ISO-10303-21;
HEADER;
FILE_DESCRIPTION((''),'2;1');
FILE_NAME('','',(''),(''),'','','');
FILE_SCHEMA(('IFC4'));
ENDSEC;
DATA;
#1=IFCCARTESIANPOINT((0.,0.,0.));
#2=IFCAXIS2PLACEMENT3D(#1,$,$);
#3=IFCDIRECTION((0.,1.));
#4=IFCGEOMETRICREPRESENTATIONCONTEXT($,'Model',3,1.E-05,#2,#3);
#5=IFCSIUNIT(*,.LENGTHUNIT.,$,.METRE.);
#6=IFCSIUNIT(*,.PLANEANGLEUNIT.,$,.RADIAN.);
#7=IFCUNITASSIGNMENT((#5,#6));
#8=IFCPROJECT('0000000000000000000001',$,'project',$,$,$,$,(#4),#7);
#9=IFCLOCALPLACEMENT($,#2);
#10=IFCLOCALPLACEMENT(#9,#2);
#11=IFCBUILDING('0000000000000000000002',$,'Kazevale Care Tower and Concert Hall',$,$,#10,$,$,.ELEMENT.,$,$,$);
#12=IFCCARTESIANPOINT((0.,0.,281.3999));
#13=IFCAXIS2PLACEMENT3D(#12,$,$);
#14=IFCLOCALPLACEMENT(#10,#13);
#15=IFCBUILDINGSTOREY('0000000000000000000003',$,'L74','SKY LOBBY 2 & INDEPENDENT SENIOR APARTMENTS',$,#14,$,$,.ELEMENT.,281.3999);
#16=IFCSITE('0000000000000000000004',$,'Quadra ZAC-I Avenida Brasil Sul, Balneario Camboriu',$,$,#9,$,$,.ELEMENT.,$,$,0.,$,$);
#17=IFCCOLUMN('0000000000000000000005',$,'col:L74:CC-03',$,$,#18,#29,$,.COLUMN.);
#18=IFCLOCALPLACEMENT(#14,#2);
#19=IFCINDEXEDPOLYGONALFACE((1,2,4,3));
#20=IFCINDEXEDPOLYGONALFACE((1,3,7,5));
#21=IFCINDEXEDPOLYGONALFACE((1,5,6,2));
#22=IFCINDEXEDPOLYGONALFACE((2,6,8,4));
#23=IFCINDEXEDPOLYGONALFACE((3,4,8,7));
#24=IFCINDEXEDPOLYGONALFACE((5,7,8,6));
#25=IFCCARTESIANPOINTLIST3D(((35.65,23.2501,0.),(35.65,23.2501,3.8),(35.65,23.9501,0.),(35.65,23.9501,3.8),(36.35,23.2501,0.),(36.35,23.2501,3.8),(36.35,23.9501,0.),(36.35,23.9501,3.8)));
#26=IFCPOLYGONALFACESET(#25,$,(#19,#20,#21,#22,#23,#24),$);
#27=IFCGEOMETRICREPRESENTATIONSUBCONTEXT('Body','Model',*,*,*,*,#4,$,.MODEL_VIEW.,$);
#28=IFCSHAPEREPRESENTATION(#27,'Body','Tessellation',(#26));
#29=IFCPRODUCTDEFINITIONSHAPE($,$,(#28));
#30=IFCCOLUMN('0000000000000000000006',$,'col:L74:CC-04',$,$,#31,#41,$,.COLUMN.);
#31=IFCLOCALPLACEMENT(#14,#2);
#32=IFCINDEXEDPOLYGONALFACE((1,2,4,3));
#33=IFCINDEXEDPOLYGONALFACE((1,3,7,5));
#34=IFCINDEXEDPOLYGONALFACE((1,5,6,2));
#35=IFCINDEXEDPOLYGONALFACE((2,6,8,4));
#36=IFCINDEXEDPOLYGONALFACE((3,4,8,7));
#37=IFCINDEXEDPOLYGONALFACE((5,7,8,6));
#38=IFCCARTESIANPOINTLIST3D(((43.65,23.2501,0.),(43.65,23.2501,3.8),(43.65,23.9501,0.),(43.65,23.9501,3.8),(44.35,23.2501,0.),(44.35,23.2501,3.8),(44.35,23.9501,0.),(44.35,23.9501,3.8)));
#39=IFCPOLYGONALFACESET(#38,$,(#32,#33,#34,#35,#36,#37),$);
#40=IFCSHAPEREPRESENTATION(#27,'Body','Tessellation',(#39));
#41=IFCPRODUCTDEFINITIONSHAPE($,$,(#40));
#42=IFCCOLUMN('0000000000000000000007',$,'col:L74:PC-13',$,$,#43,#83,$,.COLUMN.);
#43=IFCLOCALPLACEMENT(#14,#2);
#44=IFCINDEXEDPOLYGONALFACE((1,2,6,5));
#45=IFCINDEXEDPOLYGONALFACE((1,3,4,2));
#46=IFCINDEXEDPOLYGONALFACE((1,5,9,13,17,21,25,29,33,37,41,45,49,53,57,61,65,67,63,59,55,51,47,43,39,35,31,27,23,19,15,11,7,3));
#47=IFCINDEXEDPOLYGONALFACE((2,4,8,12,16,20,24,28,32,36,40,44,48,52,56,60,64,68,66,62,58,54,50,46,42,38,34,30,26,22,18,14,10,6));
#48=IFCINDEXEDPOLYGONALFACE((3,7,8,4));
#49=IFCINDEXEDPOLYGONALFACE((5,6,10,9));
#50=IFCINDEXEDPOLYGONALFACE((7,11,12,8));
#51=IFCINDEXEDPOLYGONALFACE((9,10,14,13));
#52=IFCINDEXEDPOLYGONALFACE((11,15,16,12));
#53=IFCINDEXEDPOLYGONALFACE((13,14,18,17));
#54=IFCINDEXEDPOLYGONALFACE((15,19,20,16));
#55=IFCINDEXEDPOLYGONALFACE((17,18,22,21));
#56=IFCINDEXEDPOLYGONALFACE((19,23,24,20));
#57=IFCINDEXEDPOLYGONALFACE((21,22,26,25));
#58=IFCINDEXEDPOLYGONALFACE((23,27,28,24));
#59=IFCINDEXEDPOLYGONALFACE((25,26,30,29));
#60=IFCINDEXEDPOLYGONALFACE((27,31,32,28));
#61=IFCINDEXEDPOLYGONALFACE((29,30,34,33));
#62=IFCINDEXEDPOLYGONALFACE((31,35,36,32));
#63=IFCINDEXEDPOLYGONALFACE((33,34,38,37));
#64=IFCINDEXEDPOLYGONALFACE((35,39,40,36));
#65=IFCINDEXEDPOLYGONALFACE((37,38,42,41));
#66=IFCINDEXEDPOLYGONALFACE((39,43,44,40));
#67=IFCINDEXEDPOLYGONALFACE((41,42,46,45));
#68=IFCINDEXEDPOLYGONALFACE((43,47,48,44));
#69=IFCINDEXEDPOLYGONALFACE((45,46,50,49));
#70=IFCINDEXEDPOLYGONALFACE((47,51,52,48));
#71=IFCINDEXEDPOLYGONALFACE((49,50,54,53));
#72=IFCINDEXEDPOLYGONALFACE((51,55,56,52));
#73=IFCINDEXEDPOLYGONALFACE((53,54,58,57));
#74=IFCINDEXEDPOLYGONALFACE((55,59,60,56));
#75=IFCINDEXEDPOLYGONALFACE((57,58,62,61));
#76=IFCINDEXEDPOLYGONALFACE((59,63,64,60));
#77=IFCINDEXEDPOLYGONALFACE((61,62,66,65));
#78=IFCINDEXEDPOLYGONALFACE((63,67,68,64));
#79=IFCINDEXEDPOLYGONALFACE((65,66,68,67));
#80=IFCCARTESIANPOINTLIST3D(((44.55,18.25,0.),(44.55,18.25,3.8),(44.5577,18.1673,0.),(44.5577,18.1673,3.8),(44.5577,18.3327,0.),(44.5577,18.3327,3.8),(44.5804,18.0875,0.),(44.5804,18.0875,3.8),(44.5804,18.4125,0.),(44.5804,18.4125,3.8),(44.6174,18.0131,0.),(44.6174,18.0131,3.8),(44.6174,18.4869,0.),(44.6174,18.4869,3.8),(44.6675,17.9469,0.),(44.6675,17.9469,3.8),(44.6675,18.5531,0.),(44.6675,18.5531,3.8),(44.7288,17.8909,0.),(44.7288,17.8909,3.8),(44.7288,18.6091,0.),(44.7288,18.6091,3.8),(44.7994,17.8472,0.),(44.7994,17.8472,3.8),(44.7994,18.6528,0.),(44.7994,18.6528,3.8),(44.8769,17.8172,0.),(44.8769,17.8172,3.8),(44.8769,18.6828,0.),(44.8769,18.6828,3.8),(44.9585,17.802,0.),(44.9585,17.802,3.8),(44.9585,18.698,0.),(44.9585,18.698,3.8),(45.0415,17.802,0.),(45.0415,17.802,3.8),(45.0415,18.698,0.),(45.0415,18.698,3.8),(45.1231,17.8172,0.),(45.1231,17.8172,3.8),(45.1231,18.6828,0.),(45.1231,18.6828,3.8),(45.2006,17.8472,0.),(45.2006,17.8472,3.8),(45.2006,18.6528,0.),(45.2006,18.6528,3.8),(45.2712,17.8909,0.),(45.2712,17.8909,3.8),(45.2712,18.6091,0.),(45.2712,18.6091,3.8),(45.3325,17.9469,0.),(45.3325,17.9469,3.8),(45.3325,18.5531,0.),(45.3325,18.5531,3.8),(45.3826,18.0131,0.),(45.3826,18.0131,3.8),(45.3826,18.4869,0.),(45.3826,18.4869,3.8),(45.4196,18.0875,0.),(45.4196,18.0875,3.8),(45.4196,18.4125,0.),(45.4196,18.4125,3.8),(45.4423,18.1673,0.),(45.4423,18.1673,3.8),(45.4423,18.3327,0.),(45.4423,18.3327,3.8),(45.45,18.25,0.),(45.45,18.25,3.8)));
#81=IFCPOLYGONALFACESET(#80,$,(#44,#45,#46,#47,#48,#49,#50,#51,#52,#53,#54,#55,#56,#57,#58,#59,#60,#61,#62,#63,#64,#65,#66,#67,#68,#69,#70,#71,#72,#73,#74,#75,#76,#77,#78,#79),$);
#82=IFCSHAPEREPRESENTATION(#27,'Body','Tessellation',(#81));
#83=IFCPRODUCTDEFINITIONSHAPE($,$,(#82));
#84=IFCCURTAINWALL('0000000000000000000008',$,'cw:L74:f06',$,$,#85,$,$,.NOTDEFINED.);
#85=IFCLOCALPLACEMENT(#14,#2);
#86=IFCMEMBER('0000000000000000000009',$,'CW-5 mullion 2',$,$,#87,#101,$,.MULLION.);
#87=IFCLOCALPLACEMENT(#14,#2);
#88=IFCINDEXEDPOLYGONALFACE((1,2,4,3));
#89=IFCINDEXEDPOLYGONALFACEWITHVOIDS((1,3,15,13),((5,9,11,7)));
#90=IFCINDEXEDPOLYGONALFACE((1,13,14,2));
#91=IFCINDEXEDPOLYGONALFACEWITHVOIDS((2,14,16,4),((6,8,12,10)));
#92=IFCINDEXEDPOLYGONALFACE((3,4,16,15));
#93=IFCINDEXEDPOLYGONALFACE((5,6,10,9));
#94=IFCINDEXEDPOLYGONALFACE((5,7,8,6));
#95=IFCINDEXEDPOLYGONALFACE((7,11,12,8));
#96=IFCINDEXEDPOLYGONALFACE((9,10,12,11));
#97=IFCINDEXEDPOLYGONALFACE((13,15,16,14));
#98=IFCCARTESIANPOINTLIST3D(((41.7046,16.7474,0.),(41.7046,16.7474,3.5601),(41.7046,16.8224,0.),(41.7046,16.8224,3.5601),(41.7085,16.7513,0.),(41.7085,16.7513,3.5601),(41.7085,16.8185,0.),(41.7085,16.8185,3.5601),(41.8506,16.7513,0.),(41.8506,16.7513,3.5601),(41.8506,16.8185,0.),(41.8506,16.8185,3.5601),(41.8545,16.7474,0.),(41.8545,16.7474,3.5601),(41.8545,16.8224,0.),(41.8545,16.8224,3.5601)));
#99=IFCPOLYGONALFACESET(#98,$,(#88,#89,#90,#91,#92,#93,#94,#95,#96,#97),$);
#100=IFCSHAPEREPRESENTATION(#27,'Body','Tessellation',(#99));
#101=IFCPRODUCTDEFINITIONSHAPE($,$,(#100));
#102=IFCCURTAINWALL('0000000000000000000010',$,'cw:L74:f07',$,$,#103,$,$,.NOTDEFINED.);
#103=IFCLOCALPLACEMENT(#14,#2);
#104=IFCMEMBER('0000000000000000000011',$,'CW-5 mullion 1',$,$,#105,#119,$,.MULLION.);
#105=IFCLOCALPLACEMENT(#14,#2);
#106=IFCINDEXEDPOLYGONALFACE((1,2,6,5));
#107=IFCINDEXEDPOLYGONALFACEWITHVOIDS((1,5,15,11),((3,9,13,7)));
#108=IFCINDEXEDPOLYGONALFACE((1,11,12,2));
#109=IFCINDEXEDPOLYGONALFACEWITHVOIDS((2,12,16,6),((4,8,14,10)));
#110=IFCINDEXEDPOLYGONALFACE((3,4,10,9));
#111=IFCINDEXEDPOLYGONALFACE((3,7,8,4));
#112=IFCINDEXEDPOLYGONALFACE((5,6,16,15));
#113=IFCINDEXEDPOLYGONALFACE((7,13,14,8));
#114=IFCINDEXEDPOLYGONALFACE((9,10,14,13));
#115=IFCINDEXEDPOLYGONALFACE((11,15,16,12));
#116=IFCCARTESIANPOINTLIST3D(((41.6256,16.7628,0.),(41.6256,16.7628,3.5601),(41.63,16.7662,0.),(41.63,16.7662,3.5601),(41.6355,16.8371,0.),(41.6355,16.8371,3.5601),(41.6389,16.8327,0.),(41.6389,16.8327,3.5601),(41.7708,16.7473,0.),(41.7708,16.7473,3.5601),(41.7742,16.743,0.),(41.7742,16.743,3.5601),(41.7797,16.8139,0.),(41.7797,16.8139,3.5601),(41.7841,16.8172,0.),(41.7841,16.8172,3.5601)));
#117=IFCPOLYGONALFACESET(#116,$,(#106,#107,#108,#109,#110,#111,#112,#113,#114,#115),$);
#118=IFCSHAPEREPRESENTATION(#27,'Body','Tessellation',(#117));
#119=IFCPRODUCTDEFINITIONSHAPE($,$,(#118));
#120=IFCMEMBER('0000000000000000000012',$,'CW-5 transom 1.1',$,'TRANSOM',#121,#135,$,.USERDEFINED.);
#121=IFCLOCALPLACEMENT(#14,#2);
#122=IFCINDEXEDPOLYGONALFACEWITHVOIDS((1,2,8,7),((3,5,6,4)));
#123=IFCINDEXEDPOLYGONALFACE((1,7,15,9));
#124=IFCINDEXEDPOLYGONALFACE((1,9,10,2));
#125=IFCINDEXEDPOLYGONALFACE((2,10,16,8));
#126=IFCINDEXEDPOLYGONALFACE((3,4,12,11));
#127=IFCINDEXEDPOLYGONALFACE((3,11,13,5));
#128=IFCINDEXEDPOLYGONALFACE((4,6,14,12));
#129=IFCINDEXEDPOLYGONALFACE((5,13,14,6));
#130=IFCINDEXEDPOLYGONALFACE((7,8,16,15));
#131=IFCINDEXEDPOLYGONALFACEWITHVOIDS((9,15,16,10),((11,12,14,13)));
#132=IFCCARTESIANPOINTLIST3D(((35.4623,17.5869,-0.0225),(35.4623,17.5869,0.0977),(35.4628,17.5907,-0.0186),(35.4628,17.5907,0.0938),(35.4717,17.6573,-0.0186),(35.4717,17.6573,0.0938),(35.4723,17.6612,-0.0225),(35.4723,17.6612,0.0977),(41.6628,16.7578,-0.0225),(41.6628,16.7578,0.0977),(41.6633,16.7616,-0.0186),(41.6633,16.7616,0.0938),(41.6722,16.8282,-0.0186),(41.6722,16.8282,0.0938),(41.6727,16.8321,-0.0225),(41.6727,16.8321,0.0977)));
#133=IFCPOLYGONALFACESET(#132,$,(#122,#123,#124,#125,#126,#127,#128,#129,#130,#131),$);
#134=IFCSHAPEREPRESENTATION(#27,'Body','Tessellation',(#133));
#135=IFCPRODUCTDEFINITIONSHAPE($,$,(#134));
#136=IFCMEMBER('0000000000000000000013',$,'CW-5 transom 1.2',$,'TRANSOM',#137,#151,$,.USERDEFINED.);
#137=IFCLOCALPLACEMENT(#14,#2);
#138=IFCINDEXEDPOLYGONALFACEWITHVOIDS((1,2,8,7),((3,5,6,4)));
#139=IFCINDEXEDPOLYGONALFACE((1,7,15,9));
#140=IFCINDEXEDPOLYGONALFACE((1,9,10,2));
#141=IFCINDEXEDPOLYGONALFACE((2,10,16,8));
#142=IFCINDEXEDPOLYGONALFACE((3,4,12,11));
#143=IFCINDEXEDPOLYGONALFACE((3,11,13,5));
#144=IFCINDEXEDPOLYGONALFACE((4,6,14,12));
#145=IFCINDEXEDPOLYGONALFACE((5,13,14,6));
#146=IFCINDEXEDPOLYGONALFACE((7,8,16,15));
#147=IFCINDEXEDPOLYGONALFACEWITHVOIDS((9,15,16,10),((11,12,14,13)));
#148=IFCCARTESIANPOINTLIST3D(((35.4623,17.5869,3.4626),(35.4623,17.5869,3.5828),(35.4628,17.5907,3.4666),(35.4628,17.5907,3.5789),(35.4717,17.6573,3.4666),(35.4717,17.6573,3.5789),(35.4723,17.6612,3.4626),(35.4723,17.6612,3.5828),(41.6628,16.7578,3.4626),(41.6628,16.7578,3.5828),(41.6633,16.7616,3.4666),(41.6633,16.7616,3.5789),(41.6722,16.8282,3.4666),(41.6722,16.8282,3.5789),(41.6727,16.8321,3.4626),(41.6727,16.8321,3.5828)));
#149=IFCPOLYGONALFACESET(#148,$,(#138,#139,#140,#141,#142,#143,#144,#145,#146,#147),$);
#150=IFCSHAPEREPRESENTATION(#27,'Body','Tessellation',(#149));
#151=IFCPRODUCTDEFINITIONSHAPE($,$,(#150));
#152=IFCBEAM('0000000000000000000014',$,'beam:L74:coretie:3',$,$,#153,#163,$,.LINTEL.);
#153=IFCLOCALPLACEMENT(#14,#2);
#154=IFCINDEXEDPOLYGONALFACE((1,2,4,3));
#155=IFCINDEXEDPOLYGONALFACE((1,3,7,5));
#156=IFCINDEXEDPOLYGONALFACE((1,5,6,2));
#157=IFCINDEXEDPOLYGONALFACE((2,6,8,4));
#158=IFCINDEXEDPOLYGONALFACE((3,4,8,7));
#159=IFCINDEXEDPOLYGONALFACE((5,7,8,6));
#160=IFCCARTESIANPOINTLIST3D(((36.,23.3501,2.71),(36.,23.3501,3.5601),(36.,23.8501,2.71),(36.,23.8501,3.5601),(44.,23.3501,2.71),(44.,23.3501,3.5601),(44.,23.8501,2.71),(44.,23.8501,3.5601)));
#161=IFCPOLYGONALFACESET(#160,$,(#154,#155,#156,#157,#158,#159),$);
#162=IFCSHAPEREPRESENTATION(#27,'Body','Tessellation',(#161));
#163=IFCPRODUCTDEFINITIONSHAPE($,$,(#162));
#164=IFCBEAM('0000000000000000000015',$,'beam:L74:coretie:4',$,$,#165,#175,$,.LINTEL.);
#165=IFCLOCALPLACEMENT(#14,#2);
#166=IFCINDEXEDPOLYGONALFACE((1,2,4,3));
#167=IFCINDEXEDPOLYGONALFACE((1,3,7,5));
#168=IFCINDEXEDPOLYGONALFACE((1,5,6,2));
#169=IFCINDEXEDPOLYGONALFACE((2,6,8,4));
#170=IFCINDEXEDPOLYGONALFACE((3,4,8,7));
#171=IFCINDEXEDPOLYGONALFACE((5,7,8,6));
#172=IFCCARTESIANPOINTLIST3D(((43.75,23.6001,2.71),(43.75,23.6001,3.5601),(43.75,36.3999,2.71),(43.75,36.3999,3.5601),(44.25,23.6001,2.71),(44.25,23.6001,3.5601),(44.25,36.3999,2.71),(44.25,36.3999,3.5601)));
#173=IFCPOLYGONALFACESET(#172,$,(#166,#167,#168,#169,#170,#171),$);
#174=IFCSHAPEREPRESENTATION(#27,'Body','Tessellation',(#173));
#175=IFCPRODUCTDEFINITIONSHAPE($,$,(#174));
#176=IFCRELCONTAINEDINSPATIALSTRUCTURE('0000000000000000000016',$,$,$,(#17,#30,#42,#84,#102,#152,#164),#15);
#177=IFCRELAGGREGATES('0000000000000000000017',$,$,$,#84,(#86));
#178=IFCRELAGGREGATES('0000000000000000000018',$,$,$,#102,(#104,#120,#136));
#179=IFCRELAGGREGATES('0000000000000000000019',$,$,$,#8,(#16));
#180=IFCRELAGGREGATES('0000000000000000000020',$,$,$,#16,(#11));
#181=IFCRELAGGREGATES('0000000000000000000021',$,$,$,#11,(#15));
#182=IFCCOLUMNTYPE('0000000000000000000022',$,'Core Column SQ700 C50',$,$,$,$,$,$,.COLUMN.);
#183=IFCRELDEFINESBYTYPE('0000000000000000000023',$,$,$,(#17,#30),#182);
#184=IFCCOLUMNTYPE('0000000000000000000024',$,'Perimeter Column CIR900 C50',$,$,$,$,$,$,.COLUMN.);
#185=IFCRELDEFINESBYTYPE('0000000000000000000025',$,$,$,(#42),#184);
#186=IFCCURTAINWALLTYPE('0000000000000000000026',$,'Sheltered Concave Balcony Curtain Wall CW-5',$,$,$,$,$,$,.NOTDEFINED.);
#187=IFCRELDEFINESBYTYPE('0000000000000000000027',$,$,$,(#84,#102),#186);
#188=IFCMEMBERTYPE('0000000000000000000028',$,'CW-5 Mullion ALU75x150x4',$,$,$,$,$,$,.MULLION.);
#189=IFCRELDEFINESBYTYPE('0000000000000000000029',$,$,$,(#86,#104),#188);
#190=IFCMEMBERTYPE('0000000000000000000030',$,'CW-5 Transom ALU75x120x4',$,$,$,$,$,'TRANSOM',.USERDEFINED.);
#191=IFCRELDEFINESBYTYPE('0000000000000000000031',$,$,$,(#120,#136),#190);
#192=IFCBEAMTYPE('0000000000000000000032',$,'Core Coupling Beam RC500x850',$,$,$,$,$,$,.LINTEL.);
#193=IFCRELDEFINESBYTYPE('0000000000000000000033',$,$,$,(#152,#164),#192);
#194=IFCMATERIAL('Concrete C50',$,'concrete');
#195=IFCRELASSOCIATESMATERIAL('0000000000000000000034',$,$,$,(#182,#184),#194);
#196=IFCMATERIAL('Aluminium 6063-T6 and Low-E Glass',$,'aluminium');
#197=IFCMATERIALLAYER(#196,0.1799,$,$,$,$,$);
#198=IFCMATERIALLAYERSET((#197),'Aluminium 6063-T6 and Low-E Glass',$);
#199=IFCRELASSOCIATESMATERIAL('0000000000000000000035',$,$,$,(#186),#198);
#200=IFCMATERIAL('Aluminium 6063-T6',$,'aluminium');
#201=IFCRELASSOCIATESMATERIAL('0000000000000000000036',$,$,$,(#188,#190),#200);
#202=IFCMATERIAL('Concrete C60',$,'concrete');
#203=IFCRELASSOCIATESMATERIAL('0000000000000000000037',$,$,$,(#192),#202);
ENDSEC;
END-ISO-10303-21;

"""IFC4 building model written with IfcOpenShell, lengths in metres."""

from ifc_helpers import new_model, si_unit, direction, frame, origin, origin_2d, place, context, subcontext, project, spatial, rectangle, hollow_rectangle, circle, extrude, material, layer, layer_set, material_profile, profile_set, type_object, element, aggregate, save


model = new_model("IFC4")

# Units and contexts
model_context = context("Model", 3, precision=1e-05, world=origin(), true_north=direction((0.0, 1.0)))
body_context = subcontext(model_context, "Body", "Model", "MODEL_VIEW")
ifc_project = project(units=[si_unit("LENGTHUNIT", "METRE"), si_unit("PLANEANGLEUNIT", "RADIAN")], contexts=[model_context])

# Site, building, storey
site_placement = place(None, origin())
site = spatial("IfcSite", under=ifc_project, at=site_placement, Name="Quadra ZAC-I Avenida Brasil Sul, Balneario Camboriu", CompositionType="ELEMENT", RefElevation=0.0)
building_placement = place(site_placement, origin())
building = spatial("IfcBuilding", under=site, at=building_placement, Name="Kazevale Care Tower and Concert Hall", CompositionType="ELEMENT")
storey_placement = place(building_placement, frame((0.0, 0.0, 281.3999)))
storey = spatial("IfcBuildingStorey", under=building, at=storey_placement, Name="L74", Description="SKY LOBBY 2 & INDEPENDENT SENIOR APARTMENTS", CompositionType="ELEMENT", Elevation=281.3999)

# Columns
ifc_material_1 = material(Name="Concrete C50", Category="concrete")
ifc_material_profile_1 = material_profile(ifc_material_1, rectangle(XDim=0.7, YDim=0.7, at=origin_2d()), Name="RC-SQ700")
ifc_profile_set_1 = profile_set([ifc_material_profile_1], Name="Concrete C50")
column_type_1 = type_object("IfcColumnType", Name="Core Column SQ700 C50", PredefinedType="COLUMN", material=ifc_profile_set_1)
for number, where, z_axis, x_axis, name in (
    (1, (36.0, 23.6001, 0.0), (0.0, 0.0, 1.0), (1.0, 0.0, 0.0), "col:L74:CC-03"),
    (2, (44.0, 23.6001, 0.0), (0.0, 0.0, 1.0), (1.0, 0.0, 0.0), "col:L74:CC-04"),
):
    element("IfcColumn", number, at=place(storey_placement, frame(where, z_axis=z_axis, x_axis=x_axis)), inside=storey, type_object=column_type_1, Name=name, PredefinedType="COLUMN", context=body_context, shape_type="SweptSolid", body=[
        extrude(rectangle(XDim=0.7, YDim=0.7, at=origin_2d()), origin(), (0.0, 0.0, 1.0), 3.8),
    ])
ifc_material_profile_2 = material_profile(ifc_material_1, circle(Radius=0.45, at=origin_2d()), Name="RC-CIR900")
ifc_profile_set_2 = profile_set([ifc_material_profile_2], Name="Concrete C50")
column_type_2 = type_object("IfcColumnType", Name="Perimeter Column CIR900 C50", PredefinedType="COLUMN", material=ifc_profile_set_2)
column_placement = place(storey_placement, frame((45.0, 18.25, 0.0), z_axis=(0.0, 0.0, 1.0), x_axis=(1.0, 0.0, 0.0)))
element("IfcColumn", 3, at=column_placement, inside=storey, type_object=column_type_2, Name="col:L74:PC-13", PredefinedType="COLUMN", context=body_context, shape_type="SweptSolid", body=[
    extrude(circle(Radius=0.45, at=origin_2d()), origin(), (0.0, 0.0, 1.0), 3.8),
])

# Curtain wall, member
ifc_material_2 = material(Name="Aluminium 6063-T6 and Low-E Glass", Category="aluminium")
ifc_layer_1 = layer(ifc_material_2, 0.1799)
ifc_layer_set_1 = layer_set([ifc_layer_1], Name="Aluminium 6063-T6 and Low-E Glass")
curtain_wall_type = type_object("IfcCurtainWallType", Name="Sheltered Concave Balcony Curtain Wall CW-5", PredefinedType="NOTDEFINED", material=ifc_layer_set_1)
curtain_wall_1_placement = place(storey_placement, origin())
curtain_wall_1 = element("IfcCurtainWall", 4, at=curtain_wall_1_placement, inside=storey, type_object=curtain_wall_type, Name="cw:L74:f06", PredefinedType="NOTDEFINED")
ifc_material_3 = material(Name="Aluminium 6063-T6", Category="aluminium")
ifc_material_profile_3 = material_profile(ifc_material_3, hollow_rectangle(XDim=0.075, YDim=0.1499, WallThickness=0.0039, at=origin_2d()), Name="ALU75x150x4")
ifc_profile_set_3 = profile_set([ifc_material_profile_3], Name="Aluminium 6063-T6")
member_type_1 = type_object("IfcMemberType", Name="CW-5 Mullion ALU75x150x4", PredefinedType="MULLION", material=ifc_profile_set_3)
member_1_placement = place(storey_placement, frame((41.7795, 16.7849, 0.0), z_axis=(0.0, 0.0, 1.0), x_axis=(0.0, -1.0, 0.0)))
member_1 = element("IfcMember", 5, at=member_1_placement, type_object=member_type_1, Name="CW-5 mullion 2", PredefinedType="MULLION", context=body_context, shape_type="SweptSolid", body=[
    extrude(hollow_rectangle(XDim=0.075, YDim=0.1499, WallThickness=0.0039, at=origin_2d()), origin(), (0.0, 0.0, 1.0), 3.5601),
])

# Curtain wall, members
curtain_wall_2_placement = place(storey_placement, origin())
curtain_wall_2 = element("IfcCurtainWall", 6, at=curtain_wall_2_placement, inside=storey, type_object=curtain_wall_type, Name="cw:L74:f07", PredefinedType="NOTDEFINED")
member_2_placement = place(storey_placement, frame((41.7048, 16.79, 0.0), z_axis=(0.0, 0.0, 1.0), x_axis=(-0.132542, -0.991177, 0.0)))
member_2 = element("IfcMember", 7, at=member_2_placement, type_object=member_type_1, Name="CW-5 mullion 1", PredefinedType="MULLION", context=body_context, shape_type="SweptSolid", body=[
    extrude(hollow_rectangle(XDim=0.075, YDim=0.1499, WallThickness=0.0039, at=origin_2d()), origin(), (0.0, 0.0, 1.0), 3.5601),
])
ifc_material_profile_4 = material_profile(ifc_material_3, hollow_rectangle(XDim=0.075, YDim=0.1201, WallThickness=0.0039, at=origin_2d()), Name="ALU75x120x4")
ifc_profile_set_4 = profile_set([ifc_material_profile_4], Name="Aluminium 6063-T6")
member_type_2 = type_object("IfcMemberType", Name="CW-5 Transom ALU75x120x4", ElementType="TRANSOM", PredefinedType="USERDEFINED", material=ifc_profile_set_4)
member_3_placement = place(storey_placement, frame((41.6677, 16.7949, 0.0376), z_axis=(-0.991178, 0.132537, 0.0), x_axis=(-0.132537, -0.991178, 0.0)))
member_3 = element("IfcMember", 8, at=member_3_placement, type_object=member_type_2, Name="CW-5 transom 1.1", ObjectType="TRANSOM", PredefinedType="USERDEFINED", context=body_context, shape_type="SweptSolid", body=[
    extrude(hollow_rectangle(XDim=0.075, YDim=0.1201, WallThickness=0.0039, at=origin_2d()), origin(), (0.0, 0.0, 1.0), 6.2556),
])
member_4_placement = place(storey_placement, frame((41.6677, 16.7949, 3.5227), z_axis=(-0.991178, 0.132537, 0.0), x_axis=(-0.132537, -0.991178, 0.0)))
member_4 = element("IfcMember", 9, at=member_4_placement, type_object=member_type_2, Name="CW-5 transom 1.2", ObjectType="TRANSOM", PredefinedType="USERDEFINED", context=body_context, shape_type="SweptSolid", body=[
    extrude(hollow_rectangle(XDim=0.075, YDim=0.1201, WallThickness=0.0039, at=origin_2d()), origin(), (0.0, 0.0, 1.0), 6.2556),
])

# Beams
ifc_material_4 = material(Name="Concrete C60", Category="concrete")
ifc_material_profile_5 = material_profile(ifc_material_4, rectangle(XDim=0.5, YDim=0.8501, at=origin_2d()), Name="RC-B500x850")
ifc_profile_set_5 = profile_set([ifc_material_profile_5], Name="Concrete C60")
beam_type_1 = type_object("IfcBeamType", Name="Core Coupling Beam RC500x850", PredefinedType="LINTEL", material=ifc_profile_set_5)
beam_1_placement = place(storey_placement, frame((36.0, 23.6001, 3.135), z_axis=(1.0, 0.0, 0.0), x_axis=(0.0, 1.0, 0.0)))
element("IfcBeam", 10, at=beam_1_placement, inside=storey, type_object=beam_type_1, Name="beam:L74:coretie:3", PredefinedType="LINTEL", context=body_context, shape_type="SweptSolid", body=[
    extrude(rectangle(XDim=0.5, YDim=0.8501, at=origin_2d()), origin(), (0.0, 0.0, 1.0), 8.0),
])
beam_2_placement = place(storey_placement, frame((44.0, 23.6001, 3.135), z_axis=(0.0, 1.0, 0.0), x_axis=(-1.0, 0.0, 0.0)))
element("IfcBeam", 11, at=beam_2_placement, inside=storey, type_object=beam_type_1, Name="beam:L74:coretie:4", PredefinedType="LINTEL", context=body_context, shape_type="SweptSolid", body=[
    extrude(rectangle(XDim=0.5, YDim=0.8501, at=origin_2d()), origin(), (0.0, 0.0, 1.0), 12.7998),
])

aggregate(curtain_wall_1, [member_1])
aggregate(curtain_wall_2, [member_2, member_3, member_4])

save(model, "model.ifc")
